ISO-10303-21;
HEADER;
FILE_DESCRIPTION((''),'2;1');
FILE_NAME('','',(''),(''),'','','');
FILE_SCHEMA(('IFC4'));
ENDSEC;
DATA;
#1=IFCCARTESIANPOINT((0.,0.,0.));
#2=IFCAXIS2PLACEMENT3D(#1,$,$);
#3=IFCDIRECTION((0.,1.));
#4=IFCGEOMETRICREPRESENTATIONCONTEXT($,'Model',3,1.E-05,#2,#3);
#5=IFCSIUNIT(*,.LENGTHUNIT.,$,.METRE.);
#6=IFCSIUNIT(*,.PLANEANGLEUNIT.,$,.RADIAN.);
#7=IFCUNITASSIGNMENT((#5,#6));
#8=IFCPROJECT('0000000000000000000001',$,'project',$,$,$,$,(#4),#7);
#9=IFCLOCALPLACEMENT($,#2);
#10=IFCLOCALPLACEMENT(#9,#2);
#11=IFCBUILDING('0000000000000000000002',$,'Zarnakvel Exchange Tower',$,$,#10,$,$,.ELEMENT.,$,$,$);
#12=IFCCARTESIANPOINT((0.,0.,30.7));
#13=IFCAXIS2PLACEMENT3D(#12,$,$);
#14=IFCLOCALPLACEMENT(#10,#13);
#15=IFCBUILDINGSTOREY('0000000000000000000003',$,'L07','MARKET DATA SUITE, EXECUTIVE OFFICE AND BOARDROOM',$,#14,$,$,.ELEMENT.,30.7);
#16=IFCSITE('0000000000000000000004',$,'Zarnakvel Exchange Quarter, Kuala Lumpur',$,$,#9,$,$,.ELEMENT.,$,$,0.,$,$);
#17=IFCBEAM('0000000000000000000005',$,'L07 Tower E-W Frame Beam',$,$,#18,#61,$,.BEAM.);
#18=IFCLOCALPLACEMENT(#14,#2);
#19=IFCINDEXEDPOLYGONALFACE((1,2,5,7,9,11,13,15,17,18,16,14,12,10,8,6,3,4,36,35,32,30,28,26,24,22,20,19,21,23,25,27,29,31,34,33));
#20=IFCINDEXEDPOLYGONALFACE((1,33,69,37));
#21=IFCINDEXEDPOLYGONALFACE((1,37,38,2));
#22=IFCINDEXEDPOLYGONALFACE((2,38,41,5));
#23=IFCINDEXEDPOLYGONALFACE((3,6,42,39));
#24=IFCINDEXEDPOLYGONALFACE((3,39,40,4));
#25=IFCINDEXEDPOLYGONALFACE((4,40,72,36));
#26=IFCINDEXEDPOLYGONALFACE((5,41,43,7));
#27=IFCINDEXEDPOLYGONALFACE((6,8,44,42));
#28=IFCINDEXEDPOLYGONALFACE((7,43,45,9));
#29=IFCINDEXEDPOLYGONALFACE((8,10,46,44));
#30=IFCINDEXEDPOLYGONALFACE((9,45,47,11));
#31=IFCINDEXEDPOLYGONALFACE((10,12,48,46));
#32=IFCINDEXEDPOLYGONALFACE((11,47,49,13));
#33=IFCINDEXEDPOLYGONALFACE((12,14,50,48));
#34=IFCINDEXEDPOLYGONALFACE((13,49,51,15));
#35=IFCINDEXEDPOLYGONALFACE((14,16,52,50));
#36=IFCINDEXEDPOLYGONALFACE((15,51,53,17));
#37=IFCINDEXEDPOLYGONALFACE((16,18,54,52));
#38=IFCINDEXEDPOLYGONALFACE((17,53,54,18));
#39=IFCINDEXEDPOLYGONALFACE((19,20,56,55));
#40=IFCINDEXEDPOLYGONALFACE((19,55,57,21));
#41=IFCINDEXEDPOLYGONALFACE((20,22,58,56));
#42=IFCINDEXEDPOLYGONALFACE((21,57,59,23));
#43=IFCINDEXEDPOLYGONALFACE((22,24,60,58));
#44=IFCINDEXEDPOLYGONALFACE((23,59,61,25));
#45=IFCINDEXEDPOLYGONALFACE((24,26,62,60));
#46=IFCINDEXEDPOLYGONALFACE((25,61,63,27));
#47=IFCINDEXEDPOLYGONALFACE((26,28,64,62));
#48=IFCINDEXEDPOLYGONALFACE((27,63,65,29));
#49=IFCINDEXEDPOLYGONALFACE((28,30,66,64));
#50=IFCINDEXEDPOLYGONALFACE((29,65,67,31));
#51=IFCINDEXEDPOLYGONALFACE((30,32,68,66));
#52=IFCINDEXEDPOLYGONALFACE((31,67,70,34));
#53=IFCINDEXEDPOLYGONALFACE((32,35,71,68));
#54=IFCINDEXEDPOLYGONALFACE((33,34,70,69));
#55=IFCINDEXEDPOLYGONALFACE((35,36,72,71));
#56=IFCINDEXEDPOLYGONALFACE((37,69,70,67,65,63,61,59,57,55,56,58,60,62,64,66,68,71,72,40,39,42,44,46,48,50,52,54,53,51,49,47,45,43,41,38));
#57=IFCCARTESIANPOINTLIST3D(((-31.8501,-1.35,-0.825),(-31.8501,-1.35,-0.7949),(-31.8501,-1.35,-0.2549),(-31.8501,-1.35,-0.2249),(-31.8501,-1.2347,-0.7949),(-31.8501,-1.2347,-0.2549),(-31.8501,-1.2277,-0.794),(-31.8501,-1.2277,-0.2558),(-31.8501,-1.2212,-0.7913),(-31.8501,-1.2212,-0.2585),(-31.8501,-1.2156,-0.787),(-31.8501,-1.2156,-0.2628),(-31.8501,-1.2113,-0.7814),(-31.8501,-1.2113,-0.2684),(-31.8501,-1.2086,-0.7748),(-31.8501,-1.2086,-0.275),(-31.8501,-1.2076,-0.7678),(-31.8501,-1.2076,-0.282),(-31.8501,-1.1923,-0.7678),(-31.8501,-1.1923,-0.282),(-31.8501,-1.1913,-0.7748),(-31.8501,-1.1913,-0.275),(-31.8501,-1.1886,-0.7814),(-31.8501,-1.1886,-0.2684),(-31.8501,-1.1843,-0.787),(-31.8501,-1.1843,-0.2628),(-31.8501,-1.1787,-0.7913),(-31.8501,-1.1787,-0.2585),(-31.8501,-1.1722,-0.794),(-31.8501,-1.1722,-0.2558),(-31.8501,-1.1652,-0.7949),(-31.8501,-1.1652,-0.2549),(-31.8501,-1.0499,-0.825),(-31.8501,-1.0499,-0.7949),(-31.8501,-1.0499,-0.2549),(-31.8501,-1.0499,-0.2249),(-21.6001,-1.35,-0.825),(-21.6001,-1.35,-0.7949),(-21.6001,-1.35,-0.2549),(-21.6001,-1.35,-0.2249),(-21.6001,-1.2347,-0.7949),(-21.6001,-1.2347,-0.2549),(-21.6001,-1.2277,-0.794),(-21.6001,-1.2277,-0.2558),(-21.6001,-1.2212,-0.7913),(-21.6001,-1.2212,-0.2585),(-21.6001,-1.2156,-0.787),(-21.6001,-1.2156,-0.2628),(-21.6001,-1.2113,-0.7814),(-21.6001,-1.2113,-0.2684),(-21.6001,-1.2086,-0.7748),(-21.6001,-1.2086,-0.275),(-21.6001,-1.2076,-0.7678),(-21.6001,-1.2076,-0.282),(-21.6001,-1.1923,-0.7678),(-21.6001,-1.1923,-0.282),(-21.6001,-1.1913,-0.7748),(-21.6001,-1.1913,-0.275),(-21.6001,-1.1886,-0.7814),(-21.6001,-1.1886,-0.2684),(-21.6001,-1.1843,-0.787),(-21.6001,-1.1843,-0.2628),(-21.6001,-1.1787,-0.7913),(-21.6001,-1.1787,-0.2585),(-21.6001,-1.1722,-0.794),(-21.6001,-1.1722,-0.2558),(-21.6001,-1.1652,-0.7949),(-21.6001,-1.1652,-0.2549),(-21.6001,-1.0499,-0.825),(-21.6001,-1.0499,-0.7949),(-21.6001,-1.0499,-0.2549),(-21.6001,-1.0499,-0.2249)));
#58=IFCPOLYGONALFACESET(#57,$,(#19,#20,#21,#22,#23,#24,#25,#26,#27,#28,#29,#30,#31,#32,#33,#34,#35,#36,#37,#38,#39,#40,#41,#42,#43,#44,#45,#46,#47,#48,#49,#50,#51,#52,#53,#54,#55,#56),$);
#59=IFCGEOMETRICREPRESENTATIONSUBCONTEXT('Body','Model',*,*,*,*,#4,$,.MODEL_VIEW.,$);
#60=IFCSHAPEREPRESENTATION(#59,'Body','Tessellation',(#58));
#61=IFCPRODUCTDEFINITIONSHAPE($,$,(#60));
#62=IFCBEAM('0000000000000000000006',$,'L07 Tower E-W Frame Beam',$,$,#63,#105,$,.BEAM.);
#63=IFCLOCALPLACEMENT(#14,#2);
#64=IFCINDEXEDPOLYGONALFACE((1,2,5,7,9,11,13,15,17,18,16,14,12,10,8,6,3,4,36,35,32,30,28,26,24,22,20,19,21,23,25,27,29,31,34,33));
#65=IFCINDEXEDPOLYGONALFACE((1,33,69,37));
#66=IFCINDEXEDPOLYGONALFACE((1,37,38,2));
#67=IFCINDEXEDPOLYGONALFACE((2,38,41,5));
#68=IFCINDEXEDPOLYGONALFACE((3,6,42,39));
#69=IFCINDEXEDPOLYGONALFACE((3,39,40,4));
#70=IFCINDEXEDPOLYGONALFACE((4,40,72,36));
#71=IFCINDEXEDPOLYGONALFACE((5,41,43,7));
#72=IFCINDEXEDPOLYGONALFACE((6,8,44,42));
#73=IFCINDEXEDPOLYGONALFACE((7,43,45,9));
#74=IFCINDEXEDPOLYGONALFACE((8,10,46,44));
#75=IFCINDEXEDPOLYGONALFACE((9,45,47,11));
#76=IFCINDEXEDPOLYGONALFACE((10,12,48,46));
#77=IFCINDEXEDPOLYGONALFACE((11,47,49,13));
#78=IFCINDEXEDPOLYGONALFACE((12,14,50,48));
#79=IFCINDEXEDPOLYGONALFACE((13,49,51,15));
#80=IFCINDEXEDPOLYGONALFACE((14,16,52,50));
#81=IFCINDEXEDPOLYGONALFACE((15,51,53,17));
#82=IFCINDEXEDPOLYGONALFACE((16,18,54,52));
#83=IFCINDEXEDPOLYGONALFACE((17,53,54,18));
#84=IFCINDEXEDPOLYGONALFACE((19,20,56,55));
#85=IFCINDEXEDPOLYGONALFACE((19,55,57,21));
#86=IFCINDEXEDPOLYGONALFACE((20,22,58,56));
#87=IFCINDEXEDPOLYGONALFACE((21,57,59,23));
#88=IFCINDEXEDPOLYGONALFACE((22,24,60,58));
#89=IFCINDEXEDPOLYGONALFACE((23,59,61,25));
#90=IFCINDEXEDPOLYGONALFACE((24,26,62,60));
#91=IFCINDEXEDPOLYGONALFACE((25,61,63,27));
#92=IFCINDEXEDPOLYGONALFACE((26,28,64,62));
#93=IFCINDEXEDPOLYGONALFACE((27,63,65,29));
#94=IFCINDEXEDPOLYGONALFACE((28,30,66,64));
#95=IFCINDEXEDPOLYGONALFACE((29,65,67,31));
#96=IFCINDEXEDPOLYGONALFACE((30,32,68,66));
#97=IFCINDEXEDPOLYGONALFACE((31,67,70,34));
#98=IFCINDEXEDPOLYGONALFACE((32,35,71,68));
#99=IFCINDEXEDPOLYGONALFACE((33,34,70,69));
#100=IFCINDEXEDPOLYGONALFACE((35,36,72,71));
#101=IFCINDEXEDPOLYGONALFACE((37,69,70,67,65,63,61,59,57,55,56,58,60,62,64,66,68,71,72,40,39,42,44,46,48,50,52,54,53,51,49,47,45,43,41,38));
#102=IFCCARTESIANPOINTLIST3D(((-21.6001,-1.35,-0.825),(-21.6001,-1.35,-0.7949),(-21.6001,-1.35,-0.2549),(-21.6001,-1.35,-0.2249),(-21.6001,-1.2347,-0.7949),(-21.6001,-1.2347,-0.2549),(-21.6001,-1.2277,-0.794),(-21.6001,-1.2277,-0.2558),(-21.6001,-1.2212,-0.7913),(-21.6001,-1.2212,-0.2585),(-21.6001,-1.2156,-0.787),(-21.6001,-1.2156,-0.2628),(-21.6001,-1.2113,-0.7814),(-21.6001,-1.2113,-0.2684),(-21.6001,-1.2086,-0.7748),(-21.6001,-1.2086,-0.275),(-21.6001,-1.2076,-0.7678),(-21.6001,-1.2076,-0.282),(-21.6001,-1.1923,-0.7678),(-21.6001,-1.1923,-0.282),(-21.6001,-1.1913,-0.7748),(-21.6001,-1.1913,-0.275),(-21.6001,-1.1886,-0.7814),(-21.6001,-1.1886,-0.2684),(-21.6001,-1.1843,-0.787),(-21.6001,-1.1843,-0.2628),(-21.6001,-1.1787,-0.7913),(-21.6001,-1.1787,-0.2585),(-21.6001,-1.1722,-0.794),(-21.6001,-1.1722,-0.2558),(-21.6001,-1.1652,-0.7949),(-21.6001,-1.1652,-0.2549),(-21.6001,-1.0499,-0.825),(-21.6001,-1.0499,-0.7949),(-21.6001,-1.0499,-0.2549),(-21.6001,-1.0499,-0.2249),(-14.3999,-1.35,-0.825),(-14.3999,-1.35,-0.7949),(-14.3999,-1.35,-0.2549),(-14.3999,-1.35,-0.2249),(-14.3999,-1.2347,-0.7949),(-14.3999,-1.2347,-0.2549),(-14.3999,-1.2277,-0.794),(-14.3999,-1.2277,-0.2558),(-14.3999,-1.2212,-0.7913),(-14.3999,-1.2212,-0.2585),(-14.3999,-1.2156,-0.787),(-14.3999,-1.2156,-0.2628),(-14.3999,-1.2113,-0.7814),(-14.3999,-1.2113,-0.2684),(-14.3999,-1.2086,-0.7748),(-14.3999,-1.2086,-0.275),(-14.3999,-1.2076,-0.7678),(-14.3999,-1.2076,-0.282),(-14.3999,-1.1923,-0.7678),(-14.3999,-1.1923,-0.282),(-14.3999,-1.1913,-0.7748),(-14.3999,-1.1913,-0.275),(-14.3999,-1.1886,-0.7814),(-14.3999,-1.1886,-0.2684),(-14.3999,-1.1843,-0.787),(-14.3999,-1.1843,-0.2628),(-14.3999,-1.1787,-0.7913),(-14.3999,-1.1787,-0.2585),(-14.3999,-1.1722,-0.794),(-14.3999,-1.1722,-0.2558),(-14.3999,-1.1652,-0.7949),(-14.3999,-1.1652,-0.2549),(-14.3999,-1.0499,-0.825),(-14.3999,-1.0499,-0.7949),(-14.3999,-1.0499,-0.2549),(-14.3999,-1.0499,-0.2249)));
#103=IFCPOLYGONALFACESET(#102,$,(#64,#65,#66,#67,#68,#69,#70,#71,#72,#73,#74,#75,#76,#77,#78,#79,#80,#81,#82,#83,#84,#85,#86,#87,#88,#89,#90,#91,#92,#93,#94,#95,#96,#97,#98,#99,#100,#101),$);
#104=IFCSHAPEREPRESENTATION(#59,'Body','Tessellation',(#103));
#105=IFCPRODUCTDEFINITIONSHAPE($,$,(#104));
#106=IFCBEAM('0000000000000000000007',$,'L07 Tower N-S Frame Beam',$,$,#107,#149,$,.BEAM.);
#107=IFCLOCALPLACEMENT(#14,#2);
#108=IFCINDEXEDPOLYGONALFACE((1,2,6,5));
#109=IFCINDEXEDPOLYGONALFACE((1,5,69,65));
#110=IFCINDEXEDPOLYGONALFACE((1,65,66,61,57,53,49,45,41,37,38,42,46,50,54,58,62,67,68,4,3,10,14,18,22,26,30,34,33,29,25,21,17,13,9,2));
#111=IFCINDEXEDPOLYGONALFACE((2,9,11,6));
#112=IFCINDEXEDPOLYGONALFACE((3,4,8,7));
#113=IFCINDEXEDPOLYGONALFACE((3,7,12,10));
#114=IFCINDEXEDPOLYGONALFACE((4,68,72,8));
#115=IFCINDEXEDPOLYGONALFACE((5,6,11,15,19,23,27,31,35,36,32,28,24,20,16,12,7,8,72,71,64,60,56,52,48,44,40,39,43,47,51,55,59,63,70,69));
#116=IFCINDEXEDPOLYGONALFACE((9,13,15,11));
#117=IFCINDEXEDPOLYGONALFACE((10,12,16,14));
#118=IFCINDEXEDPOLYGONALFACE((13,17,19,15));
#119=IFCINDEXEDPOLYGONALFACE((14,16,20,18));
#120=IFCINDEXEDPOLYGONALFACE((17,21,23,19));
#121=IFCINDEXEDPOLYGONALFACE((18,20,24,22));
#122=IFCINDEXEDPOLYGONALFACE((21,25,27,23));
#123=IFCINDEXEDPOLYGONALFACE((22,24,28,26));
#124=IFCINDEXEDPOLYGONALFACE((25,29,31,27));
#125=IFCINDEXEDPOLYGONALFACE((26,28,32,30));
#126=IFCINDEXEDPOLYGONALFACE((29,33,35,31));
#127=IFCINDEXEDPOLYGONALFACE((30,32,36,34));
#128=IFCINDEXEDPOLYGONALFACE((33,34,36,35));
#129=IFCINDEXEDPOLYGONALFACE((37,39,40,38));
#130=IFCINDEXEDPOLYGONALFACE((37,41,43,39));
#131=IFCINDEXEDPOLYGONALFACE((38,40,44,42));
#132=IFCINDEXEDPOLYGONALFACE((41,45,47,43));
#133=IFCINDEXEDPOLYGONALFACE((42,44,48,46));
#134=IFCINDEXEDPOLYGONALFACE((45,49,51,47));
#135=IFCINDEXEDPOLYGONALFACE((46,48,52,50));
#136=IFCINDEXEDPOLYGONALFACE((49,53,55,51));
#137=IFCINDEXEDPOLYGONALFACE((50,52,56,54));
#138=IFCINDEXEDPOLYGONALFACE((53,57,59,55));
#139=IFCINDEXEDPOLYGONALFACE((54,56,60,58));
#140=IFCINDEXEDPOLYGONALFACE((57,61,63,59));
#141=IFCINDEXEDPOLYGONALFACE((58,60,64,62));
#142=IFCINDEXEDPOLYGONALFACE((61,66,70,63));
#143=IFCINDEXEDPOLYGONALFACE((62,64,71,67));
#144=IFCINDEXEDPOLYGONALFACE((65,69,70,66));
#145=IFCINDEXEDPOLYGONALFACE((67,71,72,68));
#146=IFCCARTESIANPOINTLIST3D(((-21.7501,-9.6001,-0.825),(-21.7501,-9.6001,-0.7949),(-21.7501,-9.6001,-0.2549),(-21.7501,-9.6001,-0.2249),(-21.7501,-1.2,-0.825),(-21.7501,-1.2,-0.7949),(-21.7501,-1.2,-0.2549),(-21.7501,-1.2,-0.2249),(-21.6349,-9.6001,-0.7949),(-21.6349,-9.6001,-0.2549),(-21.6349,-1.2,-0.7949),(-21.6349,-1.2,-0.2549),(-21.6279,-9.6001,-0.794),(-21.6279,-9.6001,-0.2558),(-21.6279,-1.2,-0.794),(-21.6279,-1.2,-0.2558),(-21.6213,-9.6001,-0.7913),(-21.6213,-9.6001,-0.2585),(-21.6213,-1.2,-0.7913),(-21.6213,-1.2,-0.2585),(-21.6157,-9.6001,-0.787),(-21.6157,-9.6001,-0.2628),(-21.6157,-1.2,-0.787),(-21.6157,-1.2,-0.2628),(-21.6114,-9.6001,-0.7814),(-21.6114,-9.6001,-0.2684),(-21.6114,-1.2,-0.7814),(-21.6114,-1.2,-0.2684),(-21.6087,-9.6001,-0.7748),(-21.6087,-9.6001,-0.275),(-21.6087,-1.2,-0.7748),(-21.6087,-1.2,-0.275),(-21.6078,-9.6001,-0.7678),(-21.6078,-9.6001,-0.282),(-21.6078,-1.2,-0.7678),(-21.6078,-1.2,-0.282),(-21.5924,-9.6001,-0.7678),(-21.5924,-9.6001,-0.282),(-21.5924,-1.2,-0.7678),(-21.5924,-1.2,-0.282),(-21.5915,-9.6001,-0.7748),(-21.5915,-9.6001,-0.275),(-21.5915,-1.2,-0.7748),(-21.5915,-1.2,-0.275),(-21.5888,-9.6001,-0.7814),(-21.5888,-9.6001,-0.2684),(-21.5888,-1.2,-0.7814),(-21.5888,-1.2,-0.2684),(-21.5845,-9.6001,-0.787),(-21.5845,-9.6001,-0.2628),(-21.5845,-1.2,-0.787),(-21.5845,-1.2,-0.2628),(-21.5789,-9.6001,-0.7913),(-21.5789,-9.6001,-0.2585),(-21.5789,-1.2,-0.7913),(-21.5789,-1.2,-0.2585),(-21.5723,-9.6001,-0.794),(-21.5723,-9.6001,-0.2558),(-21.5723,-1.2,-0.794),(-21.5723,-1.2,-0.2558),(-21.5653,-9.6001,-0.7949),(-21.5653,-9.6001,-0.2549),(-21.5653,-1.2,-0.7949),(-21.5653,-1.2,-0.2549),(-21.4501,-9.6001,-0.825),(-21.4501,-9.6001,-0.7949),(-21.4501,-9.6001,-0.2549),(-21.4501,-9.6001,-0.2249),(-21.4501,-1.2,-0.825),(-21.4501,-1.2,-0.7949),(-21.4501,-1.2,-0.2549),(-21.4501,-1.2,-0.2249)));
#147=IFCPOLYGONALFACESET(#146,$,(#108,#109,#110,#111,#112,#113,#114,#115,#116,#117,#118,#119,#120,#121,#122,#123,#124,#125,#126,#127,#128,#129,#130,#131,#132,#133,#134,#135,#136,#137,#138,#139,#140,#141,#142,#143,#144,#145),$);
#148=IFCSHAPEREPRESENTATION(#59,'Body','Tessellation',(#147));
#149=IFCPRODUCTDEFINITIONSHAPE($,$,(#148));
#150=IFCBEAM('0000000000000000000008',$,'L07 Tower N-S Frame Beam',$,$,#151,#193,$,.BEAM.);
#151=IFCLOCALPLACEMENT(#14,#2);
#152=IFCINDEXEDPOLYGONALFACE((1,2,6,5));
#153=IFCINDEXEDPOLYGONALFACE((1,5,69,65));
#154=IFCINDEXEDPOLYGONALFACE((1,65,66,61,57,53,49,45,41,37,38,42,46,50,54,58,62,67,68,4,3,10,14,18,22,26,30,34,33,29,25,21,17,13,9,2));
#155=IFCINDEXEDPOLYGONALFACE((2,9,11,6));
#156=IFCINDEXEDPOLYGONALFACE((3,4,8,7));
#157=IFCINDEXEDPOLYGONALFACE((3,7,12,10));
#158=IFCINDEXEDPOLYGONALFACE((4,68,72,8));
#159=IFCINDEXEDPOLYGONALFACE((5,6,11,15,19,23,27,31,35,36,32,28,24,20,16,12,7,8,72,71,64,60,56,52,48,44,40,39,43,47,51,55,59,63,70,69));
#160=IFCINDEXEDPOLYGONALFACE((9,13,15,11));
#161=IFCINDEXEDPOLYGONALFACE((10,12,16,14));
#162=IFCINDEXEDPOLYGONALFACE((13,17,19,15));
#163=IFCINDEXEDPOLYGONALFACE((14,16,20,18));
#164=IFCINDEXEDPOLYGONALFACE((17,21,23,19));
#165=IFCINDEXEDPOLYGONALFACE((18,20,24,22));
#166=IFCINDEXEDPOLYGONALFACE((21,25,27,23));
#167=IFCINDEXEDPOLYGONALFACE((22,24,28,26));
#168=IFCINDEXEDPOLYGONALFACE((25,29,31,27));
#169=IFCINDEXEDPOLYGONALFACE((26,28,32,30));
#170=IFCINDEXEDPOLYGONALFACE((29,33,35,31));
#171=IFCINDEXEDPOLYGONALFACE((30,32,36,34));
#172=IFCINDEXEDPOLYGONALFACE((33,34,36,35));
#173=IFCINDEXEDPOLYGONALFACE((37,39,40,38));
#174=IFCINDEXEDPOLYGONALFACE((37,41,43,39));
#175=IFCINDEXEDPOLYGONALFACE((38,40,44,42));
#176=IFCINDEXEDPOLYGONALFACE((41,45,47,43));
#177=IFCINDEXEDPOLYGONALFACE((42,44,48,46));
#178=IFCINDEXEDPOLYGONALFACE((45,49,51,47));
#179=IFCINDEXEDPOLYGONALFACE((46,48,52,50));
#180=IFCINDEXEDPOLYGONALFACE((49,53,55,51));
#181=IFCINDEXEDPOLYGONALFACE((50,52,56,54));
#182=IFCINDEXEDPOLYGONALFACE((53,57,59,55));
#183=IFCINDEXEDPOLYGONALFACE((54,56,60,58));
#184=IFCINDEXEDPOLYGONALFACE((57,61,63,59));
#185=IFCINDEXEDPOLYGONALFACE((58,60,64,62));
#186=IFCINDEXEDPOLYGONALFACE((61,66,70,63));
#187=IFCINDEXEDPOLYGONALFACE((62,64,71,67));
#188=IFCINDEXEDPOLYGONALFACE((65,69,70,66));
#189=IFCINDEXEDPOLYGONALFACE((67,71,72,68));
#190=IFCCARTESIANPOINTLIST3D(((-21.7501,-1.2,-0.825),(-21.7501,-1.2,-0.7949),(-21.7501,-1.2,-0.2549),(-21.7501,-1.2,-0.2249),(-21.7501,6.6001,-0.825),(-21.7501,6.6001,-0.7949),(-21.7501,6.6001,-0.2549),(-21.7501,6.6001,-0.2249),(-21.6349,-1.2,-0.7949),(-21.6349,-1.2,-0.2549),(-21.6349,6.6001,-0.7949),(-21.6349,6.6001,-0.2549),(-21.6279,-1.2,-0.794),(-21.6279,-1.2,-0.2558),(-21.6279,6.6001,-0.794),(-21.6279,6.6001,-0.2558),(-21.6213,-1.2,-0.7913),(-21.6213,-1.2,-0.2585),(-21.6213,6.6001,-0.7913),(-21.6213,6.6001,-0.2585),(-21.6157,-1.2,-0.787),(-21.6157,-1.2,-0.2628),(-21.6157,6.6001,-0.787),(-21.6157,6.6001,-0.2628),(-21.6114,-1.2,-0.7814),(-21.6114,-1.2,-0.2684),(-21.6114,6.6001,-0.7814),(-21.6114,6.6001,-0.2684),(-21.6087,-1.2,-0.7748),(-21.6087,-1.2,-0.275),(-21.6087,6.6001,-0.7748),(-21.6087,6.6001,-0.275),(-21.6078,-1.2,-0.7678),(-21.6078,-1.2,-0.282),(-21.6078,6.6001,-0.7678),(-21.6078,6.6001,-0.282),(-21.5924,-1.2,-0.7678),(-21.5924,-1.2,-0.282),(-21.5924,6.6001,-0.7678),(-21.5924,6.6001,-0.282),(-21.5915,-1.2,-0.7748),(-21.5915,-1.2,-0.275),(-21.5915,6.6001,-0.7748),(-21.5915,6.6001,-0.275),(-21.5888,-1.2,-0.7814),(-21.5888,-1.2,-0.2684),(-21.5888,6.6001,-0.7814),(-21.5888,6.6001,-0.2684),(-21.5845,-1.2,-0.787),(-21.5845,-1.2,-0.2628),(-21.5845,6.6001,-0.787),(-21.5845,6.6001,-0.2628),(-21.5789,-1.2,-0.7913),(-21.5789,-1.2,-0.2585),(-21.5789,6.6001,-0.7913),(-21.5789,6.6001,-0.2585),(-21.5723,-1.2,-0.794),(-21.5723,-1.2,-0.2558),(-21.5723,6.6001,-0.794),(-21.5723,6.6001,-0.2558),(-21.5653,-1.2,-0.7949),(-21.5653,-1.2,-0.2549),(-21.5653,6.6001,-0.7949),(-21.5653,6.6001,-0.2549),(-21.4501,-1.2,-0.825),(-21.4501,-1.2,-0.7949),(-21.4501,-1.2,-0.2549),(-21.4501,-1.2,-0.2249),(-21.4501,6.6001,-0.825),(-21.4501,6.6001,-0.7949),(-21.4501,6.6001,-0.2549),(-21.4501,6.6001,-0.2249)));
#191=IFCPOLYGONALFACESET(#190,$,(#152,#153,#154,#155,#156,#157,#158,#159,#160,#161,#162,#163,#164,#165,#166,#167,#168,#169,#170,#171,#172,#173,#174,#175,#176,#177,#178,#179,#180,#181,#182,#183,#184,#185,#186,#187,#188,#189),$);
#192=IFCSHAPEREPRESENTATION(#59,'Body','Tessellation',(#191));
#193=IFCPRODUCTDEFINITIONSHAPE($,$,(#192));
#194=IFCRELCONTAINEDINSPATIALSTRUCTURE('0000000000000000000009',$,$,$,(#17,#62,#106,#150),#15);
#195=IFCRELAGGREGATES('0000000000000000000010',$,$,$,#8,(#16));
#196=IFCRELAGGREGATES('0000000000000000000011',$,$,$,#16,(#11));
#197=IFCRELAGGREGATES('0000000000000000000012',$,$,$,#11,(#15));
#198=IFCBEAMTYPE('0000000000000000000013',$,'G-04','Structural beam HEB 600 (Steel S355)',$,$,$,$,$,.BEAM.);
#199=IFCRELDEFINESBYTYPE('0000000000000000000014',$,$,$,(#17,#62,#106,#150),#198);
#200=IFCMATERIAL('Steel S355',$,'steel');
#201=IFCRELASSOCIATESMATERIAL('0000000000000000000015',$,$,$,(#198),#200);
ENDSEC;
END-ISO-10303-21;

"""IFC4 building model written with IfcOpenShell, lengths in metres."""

from ifc_helpers import new_model, si_unit, direction, frame, origin, origin_2d, place, context, subcontext, project, spatial, i_section, extrude, material, material_profile, profile_set, type_object, element, save


model = new_model("IFC4")

# Units and contexts
model_context = context("Model", 3, precision=1e-05, world=origin(), true_north=direction((0.0, 1.0)))
body_context = subcontext(model_context, "Body", "Model", "MODEL_VIEW")
ifc_project = project(units=[si_unit("LENGTHUNIT", "METRE"), si_unit("PLANEANGLEUNIT", "RADIAN")], contexts=[model_context])

# Site, building, storey
site_placement = place(None, origin())
site = spatial("IfcSite", under=ifc_project, at=site_placement, Name="Zarnakvel Exchange Quarter, Kuala Lumpur", CompositionType="ELEMENT", RefElevation=0.0)
building_placement = place(site_placement, origin())
building = spatial("IfcBuilding", under=site, at=building_placement, Name="Zarnakvel Exchange Tower", CompositionType="ELEMENT")
storey_placement = place(building_placement, frame((0.0, 0.0, 30.7)))
storey = spatial("IfcBuildingStorey", under=building, at=storey_placement, Name="L07", Description="MARKET DATA SUITE, EXECUTIVE OFFICE AND BOARDROOM", CompositionType="ELEMENT", Elevation=30.7)

# Shared definitions
ifc_material_1 = material(Name="Steel S355", Category="steel")

# Beams
ifc_material_profile_1 = material_profile(ifc_material_1, i_section(OverallWidth=0.3, OverallDepth=0.6001, WebThickness=0.0154, FlangeThickness=0.03, FilletRadius=0.0271, at=origin_2d()))
ifc_profile_set_1 = profile_set([ifc_material_profile_1], Name="Steel S355")
beam_type_1 = type_object("IfcBeamType", Name="G-04", Description="Structural beam HEB 600 (Steel S355)", PredefinedType="BEAM", material=ifc_profile_set_1)
beam_1_placement = place(storey_placement, frame((-31.8501, -1.2, -0.5249), z_axis=(1.0, 0.0, 0.0), x_axis=(0.0, 1.0, 0.0)))
element("IfcBeam", 1, at=beam_1_placement, inside=storey, type_object=beam_type_1, Name="L07 Tower E-W Frame Beam", PredefinedType="BEAM", context=body_context, shape_type="SweptSolid", body=[
    extrude(i_section(OverallWidth=0.3, OverallDepth=0.6001, WebThickness=0.0154, FlangeThickness=0.03, FilletRadius=0.0271, at=origin_2d()), origin(), (0.0, 0.0, 1.0), 10.25),
])
beam_2_placement = place(storey_placement, frame((-21.6001, -1.2, -0.5249), z_axis=(1.0, 0.0, 0.0), x_axis=(0.0, 1.0, 0.0)))
element("IfcBeam", 2, at=beam_2_placement, inside=storey, type_object=beam_type_1, Name="L07 Tower E-W Frame Beam", PredefinedType="BEAM", context=body_context, shape_type="SweptSolid", body=[
    extrude(i_section(OverallWidth=0.3, OverallDepth=0.6001, WebThickness=0.0154, FlangeThickness=0.03, FilletRadius=0.0271, at=origin_2d()), origin(), (0.0, 0.0, 1.0), 7.2002),
])
beam_3_placement = place(storey_placement, frame((-21.6001, -9.6001, -0.5249), z_axis=(0.0, 1.0, 0.0), x_axis=(-1.0, 0.0, 0.0)))
element("IfcBeam", 3, at=beam_3_placement, inside=storey, type_object=beam_type_1, Name="L07 Tower N-S Frame Beam", PredefinedType="BEAM", context=body_context, shape_type="SweptSolid", body=[
    extrude(i_section(OverallWidth=0.3, OverallDepth=0.6001, WebThickness=0.0154, FlangeThickness=0.03, FilletRadius=0.0271, at=origin_2d()), origin(), (0.0, 0.0, 1.0), 8.4001),
])
beam_4_placement = place(storey_placement, frame((-21.6001, -1.2, -0.5249), z_axis=(0.0, 1.0, 0.0), x_axis=(-1.0, 0.0, 0.0)))
element("IfcBeam", 4, at=beam_4_placement, inside=storey, type_object=beam_type_1, Name="L07 Tower N-S Frame Beam", PredefinedType="BEAM", context=body_context, shape_type="SweptSolid", body=[
    extrude(i_section(OverallWidth=0.3, OverallDepth=0.6001, WebThickness=0.0154, FlangeThickness=0.03, FilletRadius=0.0271, at=origin_2d()), origin(), (0.0, 0.0, 1.0), 7.8),
])

save(model, "model.ifc")
